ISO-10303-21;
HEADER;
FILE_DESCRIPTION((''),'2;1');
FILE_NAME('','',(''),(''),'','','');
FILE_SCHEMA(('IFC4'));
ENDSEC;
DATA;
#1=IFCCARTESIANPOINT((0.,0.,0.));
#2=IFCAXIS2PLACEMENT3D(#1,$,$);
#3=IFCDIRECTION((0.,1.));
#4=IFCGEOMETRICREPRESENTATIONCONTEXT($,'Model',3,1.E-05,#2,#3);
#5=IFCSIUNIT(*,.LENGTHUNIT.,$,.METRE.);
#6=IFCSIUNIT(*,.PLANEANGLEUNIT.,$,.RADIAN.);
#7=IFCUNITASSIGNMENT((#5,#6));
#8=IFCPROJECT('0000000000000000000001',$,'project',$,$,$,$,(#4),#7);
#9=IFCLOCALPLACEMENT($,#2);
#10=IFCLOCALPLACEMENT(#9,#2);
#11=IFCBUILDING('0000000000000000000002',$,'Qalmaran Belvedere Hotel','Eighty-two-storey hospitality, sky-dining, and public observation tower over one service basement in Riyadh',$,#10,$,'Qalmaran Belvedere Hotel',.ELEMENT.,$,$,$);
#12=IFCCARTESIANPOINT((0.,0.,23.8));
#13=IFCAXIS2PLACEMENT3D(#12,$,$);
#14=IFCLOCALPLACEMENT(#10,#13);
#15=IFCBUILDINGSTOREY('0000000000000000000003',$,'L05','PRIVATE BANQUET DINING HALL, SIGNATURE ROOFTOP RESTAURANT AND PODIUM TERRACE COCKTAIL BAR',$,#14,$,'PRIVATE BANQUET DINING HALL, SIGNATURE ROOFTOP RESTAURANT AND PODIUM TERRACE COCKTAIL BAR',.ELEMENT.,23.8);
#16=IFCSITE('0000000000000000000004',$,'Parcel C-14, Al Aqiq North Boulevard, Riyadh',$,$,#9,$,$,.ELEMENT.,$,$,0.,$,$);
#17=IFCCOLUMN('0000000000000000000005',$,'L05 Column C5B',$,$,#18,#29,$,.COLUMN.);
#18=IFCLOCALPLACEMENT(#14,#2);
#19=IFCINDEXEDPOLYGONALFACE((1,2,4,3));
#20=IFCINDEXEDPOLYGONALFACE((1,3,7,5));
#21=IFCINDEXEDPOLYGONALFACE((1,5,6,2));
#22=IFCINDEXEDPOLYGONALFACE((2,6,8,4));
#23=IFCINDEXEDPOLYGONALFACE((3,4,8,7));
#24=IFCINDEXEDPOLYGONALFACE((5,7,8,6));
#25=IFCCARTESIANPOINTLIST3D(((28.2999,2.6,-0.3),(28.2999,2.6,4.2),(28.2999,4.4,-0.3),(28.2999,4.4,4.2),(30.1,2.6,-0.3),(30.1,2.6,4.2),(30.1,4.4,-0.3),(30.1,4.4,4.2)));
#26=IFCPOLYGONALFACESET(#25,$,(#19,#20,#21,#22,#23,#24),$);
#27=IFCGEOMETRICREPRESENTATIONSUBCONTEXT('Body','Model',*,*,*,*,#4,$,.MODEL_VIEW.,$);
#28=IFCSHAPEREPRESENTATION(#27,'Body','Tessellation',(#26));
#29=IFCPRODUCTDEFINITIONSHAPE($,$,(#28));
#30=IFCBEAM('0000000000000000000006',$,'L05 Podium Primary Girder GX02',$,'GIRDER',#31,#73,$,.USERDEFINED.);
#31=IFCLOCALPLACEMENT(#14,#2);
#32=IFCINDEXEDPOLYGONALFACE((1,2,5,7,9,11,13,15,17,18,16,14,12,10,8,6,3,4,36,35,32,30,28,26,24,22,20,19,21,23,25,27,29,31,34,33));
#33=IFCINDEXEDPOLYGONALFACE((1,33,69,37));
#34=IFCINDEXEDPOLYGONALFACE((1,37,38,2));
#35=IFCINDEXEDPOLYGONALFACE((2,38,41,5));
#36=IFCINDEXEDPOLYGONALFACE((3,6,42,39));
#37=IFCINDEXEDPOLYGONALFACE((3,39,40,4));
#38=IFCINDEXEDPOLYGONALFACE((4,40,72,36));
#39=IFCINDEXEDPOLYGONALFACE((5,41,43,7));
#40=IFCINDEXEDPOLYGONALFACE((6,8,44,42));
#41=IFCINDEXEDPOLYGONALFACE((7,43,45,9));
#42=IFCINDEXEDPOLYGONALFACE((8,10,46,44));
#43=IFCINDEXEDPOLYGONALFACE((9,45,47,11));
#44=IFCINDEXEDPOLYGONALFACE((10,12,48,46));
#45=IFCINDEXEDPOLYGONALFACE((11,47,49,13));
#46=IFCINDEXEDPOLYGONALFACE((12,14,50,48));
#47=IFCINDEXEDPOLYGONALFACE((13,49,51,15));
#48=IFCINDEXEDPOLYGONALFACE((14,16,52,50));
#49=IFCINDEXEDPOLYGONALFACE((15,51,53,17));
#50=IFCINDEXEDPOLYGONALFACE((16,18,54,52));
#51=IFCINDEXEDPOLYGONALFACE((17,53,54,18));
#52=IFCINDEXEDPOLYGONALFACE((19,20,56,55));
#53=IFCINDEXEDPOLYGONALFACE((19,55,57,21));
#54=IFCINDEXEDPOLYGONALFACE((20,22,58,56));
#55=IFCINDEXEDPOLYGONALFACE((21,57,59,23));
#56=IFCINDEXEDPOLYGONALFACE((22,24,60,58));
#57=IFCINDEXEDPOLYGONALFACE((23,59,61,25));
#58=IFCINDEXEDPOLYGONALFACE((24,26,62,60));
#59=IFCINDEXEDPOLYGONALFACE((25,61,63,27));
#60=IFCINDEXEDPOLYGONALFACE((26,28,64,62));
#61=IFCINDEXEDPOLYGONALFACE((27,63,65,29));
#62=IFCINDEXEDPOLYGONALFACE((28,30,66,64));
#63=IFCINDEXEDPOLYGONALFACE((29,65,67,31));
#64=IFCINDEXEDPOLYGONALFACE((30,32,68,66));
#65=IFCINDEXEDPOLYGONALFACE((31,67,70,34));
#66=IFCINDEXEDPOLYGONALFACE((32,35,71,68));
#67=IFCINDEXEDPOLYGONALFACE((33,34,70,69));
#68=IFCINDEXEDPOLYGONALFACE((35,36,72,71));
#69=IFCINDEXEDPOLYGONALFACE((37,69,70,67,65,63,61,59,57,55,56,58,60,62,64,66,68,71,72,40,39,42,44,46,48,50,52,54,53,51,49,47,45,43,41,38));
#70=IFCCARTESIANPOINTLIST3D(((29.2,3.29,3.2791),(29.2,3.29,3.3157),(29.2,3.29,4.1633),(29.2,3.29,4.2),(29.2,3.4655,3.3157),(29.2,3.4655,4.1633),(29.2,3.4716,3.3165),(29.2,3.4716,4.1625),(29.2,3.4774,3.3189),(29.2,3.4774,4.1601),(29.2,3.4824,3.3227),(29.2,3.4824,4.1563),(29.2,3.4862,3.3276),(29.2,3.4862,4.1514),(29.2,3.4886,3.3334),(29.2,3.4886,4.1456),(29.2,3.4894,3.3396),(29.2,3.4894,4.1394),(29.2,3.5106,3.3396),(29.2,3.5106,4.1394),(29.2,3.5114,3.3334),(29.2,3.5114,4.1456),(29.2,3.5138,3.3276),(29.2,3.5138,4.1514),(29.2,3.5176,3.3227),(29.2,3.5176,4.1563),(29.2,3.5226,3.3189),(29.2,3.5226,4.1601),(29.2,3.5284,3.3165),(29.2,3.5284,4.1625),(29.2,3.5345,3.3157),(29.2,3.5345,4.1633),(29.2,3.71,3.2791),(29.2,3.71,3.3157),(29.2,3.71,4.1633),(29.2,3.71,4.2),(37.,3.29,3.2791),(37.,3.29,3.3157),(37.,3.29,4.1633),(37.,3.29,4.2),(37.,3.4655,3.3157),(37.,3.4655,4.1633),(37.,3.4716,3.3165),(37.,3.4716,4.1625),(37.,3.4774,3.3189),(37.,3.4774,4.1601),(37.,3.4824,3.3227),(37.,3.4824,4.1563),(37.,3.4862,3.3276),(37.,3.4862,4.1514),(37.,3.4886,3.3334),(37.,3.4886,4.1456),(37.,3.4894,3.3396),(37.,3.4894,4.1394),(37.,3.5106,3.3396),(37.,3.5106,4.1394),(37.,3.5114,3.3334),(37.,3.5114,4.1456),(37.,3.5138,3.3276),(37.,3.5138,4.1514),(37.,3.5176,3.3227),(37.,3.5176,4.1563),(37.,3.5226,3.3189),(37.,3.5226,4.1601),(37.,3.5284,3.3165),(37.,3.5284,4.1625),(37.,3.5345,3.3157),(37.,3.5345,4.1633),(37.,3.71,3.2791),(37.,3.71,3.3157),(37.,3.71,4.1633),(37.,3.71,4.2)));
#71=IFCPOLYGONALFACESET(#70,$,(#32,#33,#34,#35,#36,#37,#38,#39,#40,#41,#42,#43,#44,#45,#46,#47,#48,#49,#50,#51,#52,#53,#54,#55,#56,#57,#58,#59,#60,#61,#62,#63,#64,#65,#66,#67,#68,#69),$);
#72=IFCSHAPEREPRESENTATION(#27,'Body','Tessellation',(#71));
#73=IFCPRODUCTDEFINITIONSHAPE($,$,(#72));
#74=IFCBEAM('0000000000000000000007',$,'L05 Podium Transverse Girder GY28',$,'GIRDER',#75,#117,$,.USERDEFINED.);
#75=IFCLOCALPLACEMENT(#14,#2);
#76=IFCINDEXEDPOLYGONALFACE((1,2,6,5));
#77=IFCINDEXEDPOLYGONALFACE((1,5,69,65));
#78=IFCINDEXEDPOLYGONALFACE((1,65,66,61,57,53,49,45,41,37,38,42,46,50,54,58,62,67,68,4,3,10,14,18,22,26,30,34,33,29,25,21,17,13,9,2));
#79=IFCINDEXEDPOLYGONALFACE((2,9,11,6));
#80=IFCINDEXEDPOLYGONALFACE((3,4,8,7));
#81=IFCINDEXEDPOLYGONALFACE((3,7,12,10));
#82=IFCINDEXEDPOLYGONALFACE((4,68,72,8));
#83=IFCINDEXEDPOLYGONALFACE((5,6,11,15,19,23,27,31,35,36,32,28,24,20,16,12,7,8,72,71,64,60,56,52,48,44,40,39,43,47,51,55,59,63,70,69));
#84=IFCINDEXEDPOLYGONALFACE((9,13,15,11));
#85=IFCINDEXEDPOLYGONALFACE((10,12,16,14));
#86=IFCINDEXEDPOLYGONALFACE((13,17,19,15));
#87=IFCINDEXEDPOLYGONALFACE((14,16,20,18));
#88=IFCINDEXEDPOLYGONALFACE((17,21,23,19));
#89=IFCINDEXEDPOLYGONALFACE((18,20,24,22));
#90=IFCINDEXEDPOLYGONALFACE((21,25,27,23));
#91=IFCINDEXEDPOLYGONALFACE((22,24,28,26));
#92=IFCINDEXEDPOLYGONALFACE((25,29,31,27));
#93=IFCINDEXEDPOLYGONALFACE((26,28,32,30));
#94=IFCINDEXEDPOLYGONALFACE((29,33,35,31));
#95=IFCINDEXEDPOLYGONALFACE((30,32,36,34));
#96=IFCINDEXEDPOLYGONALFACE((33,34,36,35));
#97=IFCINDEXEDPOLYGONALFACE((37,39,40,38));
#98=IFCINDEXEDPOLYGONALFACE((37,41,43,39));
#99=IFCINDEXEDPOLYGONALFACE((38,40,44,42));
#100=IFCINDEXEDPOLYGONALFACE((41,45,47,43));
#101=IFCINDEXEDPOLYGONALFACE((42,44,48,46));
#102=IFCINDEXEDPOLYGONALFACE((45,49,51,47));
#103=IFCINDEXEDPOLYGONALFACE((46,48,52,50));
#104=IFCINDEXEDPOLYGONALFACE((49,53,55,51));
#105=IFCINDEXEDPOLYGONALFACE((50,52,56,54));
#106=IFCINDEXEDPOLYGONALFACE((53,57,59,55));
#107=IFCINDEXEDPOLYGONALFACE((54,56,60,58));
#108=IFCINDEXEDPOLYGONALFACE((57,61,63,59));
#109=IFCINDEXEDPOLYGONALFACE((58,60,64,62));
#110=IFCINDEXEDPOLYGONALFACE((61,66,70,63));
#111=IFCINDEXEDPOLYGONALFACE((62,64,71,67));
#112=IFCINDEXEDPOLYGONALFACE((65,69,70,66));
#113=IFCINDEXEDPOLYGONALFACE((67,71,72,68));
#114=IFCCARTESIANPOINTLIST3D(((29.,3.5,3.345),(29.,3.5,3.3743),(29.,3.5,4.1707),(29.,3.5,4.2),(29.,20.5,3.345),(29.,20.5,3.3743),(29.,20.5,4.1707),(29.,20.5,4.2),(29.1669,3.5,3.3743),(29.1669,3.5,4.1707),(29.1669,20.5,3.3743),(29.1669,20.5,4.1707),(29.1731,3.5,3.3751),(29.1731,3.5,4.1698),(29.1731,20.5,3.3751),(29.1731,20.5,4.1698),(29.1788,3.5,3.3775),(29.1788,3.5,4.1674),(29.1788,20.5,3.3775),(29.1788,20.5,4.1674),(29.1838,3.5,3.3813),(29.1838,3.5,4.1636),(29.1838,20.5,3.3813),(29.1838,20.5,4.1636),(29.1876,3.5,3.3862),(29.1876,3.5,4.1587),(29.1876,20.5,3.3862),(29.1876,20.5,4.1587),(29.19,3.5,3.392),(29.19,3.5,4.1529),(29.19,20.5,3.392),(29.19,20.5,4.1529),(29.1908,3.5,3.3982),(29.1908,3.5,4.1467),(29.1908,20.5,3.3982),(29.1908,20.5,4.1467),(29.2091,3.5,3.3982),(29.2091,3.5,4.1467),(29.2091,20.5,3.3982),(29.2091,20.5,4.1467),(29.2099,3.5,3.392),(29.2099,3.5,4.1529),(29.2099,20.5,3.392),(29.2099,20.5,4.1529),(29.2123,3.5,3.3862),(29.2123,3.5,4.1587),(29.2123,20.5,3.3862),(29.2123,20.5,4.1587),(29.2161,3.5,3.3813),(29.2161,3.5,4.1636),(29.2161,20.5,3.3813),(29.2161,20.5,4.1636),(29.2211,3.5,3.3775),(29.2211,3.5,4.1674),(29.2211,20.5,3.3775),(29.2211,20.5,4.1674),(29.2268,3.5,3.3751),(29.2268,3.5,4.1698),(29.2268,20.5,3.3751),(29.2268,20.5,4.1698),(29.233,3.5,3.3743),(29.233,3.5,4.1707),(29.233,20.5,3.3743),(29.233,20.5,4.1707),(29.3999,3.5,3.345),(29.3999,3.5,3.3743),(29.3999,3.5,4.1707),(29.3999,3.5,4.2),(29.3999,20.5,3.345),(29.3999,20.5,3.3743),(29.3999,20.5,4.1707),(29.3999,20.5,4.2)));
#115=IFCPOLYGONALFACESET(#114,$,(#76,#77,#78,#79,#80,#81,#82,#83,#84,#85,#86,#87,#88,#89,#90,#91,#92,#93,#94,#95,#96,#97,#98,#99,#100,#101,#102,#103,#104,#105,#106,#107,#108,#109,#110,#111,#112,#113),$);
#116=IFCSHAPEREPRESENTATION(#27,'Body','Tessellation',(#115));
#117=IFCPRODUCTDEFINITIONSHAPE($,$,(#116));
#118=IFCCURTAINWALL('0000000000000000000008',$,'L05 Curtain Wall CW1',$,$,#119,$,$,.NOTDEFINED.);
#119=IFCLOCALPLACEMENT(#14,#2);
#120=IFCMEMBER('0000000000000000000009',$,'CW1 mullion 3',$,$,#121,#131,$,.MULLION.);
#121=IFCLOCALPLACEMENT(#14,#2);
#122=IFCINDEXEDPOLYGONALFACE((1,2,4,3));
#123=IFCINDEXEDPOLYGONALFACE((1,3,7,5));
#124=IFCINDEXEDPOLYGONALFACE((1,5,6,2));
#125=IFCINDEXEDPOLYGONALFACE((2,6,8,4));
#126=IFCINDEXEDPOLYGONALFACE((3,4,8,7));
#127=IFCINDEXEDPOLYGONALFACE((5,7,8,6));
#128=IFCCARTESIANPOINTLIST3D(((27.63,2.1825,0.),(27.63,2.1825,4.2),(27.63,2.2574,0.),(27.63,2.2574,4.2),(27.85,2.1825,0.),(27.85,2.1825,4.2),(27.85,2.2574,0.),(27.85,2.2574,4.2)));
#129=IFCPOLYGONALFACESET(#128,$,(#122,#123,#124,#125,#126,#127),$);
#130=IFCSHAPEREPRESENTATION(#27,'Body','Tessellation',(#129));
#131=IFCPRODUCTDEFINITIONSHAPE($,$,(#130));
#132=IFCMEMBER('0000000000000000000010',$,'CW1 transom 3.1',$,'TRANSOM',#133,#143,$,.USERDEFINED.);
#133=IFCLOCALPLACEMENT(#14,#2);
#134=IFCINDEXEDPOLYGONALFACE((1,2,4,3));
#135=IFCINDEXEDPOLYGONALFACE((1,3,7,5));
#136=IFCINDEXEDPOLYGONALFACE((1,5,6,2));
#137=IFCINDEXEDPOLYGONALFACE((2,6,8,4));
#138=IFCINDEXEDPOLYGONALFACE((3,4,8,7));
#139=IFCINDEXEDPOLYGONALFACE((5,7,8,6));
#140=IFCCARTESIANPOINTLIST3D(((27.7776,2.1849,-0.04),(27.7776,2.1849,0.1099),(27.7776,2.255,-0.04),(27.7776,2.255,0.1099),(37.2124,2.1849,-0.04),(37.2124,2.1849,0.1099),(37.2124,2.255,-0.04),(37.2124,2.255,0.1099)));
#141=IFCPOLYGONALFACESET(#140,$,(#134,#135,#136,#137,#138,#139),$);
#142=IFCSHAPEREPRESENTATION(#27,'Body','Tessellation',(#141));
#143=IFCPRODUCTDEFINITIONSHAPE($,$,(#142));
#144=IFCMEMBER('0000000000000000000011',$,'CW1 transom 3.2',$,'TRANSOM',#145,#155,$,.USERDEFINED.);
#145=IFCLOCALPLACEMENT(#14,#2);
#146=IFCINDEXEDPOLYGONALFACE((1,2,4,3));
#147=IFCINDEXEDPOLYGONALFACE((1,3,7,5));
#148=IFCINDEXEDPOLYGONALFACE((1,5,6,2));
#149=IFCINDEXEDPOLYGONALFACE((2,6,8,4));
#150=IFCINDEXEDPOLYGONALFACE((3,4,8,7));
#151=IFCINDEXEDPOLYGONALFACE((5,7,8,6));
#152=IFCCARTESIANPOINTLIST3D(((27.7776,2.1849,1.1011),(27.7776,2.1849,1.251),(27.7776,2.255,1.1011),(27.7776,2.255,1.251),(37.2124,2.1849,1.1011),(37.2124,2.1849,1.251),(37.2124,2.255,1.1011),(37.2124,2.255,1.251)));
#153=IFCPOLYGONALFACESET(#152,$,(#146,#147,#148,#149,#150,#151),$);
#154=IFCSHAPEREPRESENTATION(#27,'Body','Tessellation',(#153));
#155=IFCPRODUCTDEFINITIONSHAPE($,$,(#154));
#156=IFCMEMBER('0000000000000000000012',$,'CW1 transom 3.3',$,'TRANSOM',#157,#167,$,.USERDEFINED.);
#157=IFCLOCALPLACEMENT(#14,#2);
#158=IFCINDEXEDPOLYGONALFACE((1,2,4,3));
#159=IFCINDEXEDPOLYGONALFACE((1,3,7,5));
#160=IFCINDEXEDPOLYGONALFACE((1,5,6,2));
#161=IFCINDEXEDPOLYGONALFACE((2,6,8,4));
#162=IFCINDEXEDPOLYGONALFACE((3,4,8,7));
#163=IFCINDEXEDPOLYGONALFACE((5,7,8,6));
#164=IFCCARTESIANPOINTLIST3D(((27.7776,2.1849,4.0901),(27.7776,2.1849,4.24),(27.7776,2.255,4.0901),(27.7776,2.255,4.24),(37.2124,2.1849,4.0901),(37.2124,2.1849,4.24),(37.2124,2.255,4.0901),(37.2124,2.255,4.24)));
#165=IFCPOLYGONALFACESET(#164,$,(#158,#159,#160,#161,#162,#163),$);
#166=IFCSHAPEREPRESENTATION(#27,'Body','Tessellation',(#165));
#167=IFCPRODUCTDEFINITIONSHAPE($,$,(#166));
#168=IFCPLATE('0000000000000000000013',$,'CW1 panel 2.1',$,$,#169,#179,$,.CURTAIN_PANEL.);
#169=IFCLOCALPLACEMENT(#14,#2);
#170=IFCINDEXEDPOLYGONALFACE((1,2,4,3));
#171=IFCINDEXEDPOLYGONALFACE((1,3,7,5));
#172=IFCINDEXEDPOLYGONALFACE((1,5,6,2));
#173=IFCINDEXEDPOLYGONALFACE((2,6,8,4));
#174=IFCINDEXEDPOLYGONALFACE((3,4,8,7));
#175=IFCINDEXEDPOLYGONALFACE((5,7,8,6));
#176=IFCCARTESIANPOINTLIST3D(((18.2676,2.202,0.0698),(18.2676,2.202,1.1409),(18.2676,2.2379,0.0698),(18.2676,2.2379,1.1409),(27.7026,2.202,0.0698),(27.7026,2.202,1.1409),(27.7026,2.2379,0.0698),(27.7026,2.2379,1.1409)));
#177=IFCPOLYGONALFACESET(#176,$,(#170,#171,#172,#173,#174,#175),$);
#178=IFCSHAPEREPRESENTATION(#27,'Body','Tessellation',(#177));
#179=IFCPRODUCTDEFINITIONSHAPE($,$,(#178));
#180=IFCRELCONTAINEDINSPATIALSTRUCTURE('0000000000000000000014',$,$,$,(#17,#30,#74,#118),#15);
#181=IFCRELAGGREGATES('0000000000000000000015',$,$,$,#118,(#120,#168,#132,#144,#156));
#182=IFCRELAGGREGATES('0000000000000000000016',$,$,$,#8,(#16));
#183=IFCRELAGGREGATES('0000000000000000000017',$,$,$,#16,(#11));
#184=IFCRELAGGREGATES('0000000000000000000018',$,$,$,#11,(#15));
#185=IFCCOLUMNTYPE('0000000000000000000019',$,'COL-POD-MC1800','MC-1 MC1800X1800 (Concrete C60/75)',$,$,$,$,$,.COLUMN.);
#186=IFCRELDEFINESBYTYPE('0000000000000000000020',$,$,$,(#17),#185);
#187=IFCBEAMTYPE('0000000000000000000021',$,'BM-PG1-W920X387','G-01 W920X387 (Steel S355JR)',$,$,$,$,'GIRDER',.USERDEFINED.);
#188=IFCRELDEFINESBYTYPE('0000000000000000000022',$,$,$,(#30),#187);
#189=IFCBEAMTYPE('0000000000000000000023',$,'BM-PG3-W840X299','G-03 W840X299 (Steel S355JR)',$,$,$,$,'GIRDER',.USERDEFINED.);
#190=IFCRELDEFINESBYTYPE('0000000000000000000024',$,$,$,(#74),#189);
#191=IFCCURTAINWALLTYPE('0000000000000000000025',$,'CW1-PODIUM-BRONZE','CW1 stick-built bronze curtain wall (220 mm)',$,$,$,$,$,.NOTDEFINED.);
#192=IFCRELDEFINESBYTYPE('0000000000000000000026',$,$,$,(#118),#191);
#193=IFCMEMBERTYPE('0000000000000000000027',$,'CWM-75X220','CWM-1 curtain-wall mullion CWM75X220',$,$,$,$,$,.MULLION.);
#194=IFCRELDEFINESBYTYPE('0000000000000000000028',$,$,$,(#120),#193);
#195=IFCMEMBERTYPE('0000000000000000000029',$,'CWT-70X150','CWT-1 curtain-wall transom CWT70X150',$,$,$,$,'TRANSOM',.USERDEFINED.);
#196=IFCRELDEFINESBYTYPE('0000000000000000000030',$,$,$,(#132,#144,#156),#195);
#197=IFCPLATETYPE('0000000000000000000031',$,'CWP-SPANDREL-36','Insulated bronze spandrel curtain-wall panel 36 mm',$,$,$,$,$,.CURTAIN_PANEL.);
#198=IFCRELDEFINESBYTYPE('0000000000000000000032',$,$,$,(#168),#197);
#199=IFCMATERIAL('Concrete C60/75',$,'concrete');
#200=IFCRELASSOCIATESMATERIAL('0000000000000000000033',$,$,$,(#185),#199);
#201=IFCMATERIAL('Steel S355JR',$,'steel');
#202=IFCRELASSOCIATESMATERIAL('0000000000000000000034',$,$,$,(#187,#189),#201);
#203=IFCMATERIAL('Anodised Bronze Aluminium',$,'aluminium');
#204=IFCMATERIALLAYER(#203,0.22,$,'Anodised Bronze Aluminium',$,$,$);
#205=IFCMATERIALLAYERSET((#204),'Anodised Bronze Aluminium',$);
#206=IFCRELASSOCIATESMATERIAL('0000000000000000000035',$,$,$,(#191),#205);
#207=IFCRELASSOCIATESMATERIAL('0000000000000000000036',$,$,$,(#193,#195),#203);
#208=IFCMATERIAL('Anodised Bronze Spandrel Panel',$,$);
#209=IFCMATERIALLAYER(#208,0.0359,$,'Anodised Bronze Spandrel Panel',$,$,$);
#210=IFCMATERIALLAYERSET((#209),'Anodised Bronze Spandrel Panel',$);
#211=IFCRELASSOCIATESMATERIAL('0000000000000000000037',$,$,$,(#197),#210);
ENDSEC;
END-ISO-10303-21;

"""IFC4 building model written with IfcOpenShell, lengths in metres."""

from ifc_helpers import new_model, si_unit, direction, frame, origin, origin_2d, place, context, subcontext, project, spatial, rectangle, i_section, extrude, material, layer, layer_set, material_profile, profile_set, type_object, element, aggregate, save


model = new_model("IFC4")

# Units and contexts
model_context = context("Model", 3, precision=1e-05, world=origin(), true_north=direction((0.0, 1.0)))
body_context = subcontext(model_context, "Body", "Model", "MODEL_VIEW")
ifc_project = project(units=[si_unit("LENGTHUNIT", "METRE"), si_unit("PLANEANGLEUNIT", "RADIAN")], contexts=[model_context])

# Site, building, storey
site_placement = place(None, origin())
site = spatial("IfcSite", under=ifc_project, at=site_placement, Name="Parcel C-14, Al Aqiq North Boulevard, Riyadh", CompositionType="ELEMENT", RefElevation=0.0)
building_placement = place(site_placement, origin())
building = spatial("IfcBuilding", under=site, at=building_placement, Name="Qalmaran Belvedere Hotel", Description="Eighty-two-storey hospitality, sky-dining, and public observation tower over one service basement in Riyadh", LongName="Qalmaran Belvedere Hotel", CompositionType="ELEMENT")
storey_placement = place(building_placement, frame((0.0, 0.0, 23.8)))
storey = spatial("IfcBuildingStorey", under=building, at=storey_placement, Name="L05", Description="PRIVATE BANQUET DINING HALL, SIGNATURE ROOFTOP RESTAURANT AND PODIUM TERRACE COCKTAIL BAR", LongName="PRIVATE BANQUET DINING HALL, SIGNATURE ROOFTOP RESTAURANT AND PODIUM TERRACE COCKTAIL BAR", CompositionType="ELEMENT", Elevation=23.8)

# Column
ifc_material_1 = material(Name="Concrete C60/75", Category="concrete")
ifc_material_profile_1 = material_profile(ifc_material_1, rectangle(XDim=1.8, YDim=1.8, at=origin_2d()), Name="MC1800X1800")
ifc_profile_set_1 = profile_set([ifc_material_profile_1], Name="Concrete C60/75")
column_type = type_object("IfcColumnType", Name="COL-POD-MC1800", Description="MC-1 MC1800X1800 (Concrete C60/75)", PredefinedType="COLUMN", material=ifc_profile_set_1)
column_placement = place(storey_placement, frame((29.2, 3.5, -0.3), z_axis=(0.0, 0.0, 1.0), x_axis=(1.0, 0.0, 0.0)))
element("IfcColumn", 1, at=column_placement, inside=storey, type_object=column_type, Name="L05 Column C5B", PredefinedType="COLUMN", context=body_context, shape_type="SweptSolid", body=[
    extrude(rectangle(XDim=1.8, YDim=1.8, at=origin_2d()), origin(), (0.0, 0.0, 1.0), 4.5),
])

# Beams
ifc_material_2 = material(Name="Steel S355JR", Category="steel")
ifc_material_profile_2 = material_profile(ifc_material_2, i_section(OverallWidth=0.4199, OverallDepth=0.9209, WebThickness=0.0212, FlangeThickness=0.0366, FilletRadius=0.0239, at=origin_2d()), Name="W920X387")
ifc_profile_set_2 = profile_set([ifc_material_profile_2], Name="Steel S355JR")
beam_type_1 = type_object("IfcBeamType", Name="BM-PG1-W920X387", Description="G-01 W920X387 (Steel S355JR)", ElementType="GIRDER", PredefinedType="USERDEFINED", material=ifc_profile_set_2)
beam_1_placement = place(storey_placement, frame((29.2, 3.5, 3.7395), z_axis=(1.0, 0.0, 0.0), x_axis=(0.0, 1.0, 0.0)))
element("IfcBeam", 2, at=beam_1_placement, inside=storey, type_object=beam_type_1, Name="L05 Podium Primary Girder GX02", ObjectType="GIRDER", PredefinedType="USERDEFINED", context=body_context, shape_type="SweptSolid", body=[
    extrude(i_section(OverallWidth=0.4199, OverallDepth=0.9209, WebThickness=0.0212, FlangeThickness=0.0366, FilletRadius=0.0239, at=origin_2d()), origin(), (0.0, 0.0, 1.0), 7.8),
])
ifc_material_profile_3 = material_profile(ifc_material_2, i_section(OverallWidth=0.3999, OverallDepth=0.855, WebThickness=0.0183, FlangeThickness=0.0293, FilletRadius=0.0239, at=origin_2d()), Name="W840X299")
ifc_profile_set_3 = profile_set([ifc_material_profile_3], Name="Steel S355JR")
beam_type_2 = type_object("IfcBeamType", Name="BM-PG3-W840X299", Description="G-03 W840X299 (Steel S355JR)", ElementType="GIRDER", PredefinedType="USERDEFINED", material=ifc_profile_set_3)
beam_2_placement = place(storey_placement, frame((29.2, 3.5, 3.7725), z_axis=(0.0, 1.0, 0.0), x_axis=(-1.0, 0.0, 0.0)))
element("IfcBeam", 3, at=beam_2_placement, inside=storey, type_object=beam_type_2, Name="L05 Podium Transverse Girder GY28", ObjectType="GIRDER", PredefinedType="USERDEFINED", context=body_context, shape_type="SweptSolid", body=[
    extrude(i_section(OverallWidth=0.3999, OverallDepth=0.855, WebThickness=0.0183, FlangeThickness=0.0293, FilletRadius=0.0239, at=origin_2d()), origin(), (0.0, 0.0, 1.0), 17.0),
])

# Curtain wall, members, plate
ifc_material_3 = material(Name="Anodised Bronze Aluminium", Category="aluminium")
ifc_layer_1 = layer(ifc_material_3, 0.22, Name="Anodised Bronze Aluminium")
ifc_layer_set_1 = layer_set([ifc_layer_1], Name="Anodised Bronze Aluminium")
curtain_wall_type = type_object("IfcCurtainWallType", Name="CW1-PODIUM-BRONZE", Description="CW1 stick-built bronze curtain wall (220 mm)", PredefinedType="NOTDEFINED", material=ifc_layer_set_1)
curtain_wall_placement = place(storey_placement, origin())
curtain_wall = element("IfcCurtainWall", 4, at=curtain_wall_placement, inside=storey, type_object=curtain_wall_type, Name="L05 Curtain Wall CW1", PredefinedType="NOTDEFINED")
ifc_material_profile_4 = material_profile(ifc_material_3, rectangle(XDim=0.075, YDim=0.22, at=origin_2d()), Name="CWM75X220")
ifc_profile_set_4 = profile_set([ifc_material_profile_4], Name="Anodised Bronze Aluminium")
member_type_1 = type_object("IfcMemberType", Name="CWM-75X220", Description="CWM-1 curtain-wall mullion CWM75X220", PredefinedType="MULLION", material=ifc_profile_set_4)
member_1_placement = place(storey_placement, frame((27.74, 2.22, 0.0), z_axis=(0.0, 0.0, 1.0), x_axis=(0.0, 1.0, 0.0)))
member_1 = element("IfcMember", 5, at=member_1_placement, type_object=member_type_1, Name="CW1 mullion 3", PredefinedType="MULLION", context=body_context, shape_type="SweptSolid", body=[
    extrude(rectangle(XDim=0.075, YDim=0.22, at=origin_2d()), origin(), (0.0, 0.0, 1.0), 4.2),
])
ifc_material_profile_5 = material_profile(ifc_material_3, rectangle(XDim=0.0701, YDim=0.1499, at=origin_2d()), Name="CWT70X150")
ifc_profile_set_5 = profile_set([ifc_material_profile_5], Name="Anodised Bronze Aluminium")
member_type_2 = type_object("IfcMemberType", Name="CWT-70X150", Description="CWT-1 curtain-wall transom CWT70X150", ElementType="TRANSOM", PredefinedType="USERDEFINED", material=ifc_profile_set_5)
member_2_placement = place(storey_placement, frame((27.7776, 2.22, 0.0349), z_axis=(1.0, 0.0, 0.0), x_axis=(0.0, 1.0, 0.0)))
member_2 = element("IfcMember", 6, at=member_2_placement, type_object=member_type_2, Name="CW1 transom 3.1", ObjectType="TRANSOM", PredefinedType="USERDEFINED", context=body_context, shape_type="SweptSolid", body=[
    extrude(rectangle(XDim=0.0701, YDim=0.1499, at=origin_2d()), origin(), (0.0, 0.0, 1.0), 9.4348),
])
member_3_placement = place(storey_placement, frame((27.7776, 2.22, 1.176), z_axis=(1.0, 0.0, 0.0), x_axis=(0.0, 1.0, 0.0)))
member_3 = element("IfcMember", 7, at=member_3_placement, type_object=member_type_2, Name="CW1 transom 3.2", ObjectType="TRANSOM", PredefinedType="USERDEFINED", context=body_context, shape_type="SweptSolid", body=[
    extrude(rectangle(XDim=0.0701, YDim=0.1499, at=origin_2d()), origin(), (0.0, 0.0, 1.0), 9.4348),
])
member_4_placement = place(storey_placement, frame((27.7776, 2.22, 4.165), z_axis=(1.0, 0.0, 0.0), x_axis=(0.0, 1.0, 0.0)))
member_4 = element("IfcMember", 8, at=member_4_placement, type_object=member_type_2, Name="CW1 transom 3.3", ObjectType="TRANSOM", PredefinedType="USERDEFINED", context=body_context, shape_type="SweptSolid", body=[
    extrude(rectangle(XDim=0.0701, YDim=0.1499, at=origin_2d()), origin(), (0.0, 0.0, 1.0), 9.4348),
])
ifc_material_4 = material(Name="Anodised Bronze Spandrel Panel")
ifc_layer_2 = layer(ifc_material_4, 0.0359, Name="Anodised Bronze Spandrel Panel")
ifc_layer_set_2 = layer_set([ifc_layer_2], Name="Anodised Bronze Spandrel Panel")
plate_type_1 = type_object("IfcPlateType", Name="CWP-SPANDREL-36", Description="Insulated bronze spandrel curtain-wall panel 36 mm", PredefinedType="CURTAIN_PANEL", material=ifc_layer_set_2)
plate_1_placement = place(storey_placement, frame((22.9851, 2.22, 0.0698), z_axis=(0.0, 0.0, 1.0), x_axis=(1.0, 0.0, 0.0)))
plate_1 = element("IfcPlate", 9, at=plate_1_placement, type_object=plate_type_1, Name="CW1 panel 2.1", PredefinedType="CURTAIN_PANEL", context=body_context, shape_type="SweptSolid", body=[
    extrude(rectangle(XDim=9.4351, YDim=0.0359, at=origin_2d()), origin(), (0.0, 0.0, 1.0), 1.071),
])
aggregate(curtain_wall, [member_1, plate_1, member_2, member_3, member_4])

save(model, "model.ifc")
